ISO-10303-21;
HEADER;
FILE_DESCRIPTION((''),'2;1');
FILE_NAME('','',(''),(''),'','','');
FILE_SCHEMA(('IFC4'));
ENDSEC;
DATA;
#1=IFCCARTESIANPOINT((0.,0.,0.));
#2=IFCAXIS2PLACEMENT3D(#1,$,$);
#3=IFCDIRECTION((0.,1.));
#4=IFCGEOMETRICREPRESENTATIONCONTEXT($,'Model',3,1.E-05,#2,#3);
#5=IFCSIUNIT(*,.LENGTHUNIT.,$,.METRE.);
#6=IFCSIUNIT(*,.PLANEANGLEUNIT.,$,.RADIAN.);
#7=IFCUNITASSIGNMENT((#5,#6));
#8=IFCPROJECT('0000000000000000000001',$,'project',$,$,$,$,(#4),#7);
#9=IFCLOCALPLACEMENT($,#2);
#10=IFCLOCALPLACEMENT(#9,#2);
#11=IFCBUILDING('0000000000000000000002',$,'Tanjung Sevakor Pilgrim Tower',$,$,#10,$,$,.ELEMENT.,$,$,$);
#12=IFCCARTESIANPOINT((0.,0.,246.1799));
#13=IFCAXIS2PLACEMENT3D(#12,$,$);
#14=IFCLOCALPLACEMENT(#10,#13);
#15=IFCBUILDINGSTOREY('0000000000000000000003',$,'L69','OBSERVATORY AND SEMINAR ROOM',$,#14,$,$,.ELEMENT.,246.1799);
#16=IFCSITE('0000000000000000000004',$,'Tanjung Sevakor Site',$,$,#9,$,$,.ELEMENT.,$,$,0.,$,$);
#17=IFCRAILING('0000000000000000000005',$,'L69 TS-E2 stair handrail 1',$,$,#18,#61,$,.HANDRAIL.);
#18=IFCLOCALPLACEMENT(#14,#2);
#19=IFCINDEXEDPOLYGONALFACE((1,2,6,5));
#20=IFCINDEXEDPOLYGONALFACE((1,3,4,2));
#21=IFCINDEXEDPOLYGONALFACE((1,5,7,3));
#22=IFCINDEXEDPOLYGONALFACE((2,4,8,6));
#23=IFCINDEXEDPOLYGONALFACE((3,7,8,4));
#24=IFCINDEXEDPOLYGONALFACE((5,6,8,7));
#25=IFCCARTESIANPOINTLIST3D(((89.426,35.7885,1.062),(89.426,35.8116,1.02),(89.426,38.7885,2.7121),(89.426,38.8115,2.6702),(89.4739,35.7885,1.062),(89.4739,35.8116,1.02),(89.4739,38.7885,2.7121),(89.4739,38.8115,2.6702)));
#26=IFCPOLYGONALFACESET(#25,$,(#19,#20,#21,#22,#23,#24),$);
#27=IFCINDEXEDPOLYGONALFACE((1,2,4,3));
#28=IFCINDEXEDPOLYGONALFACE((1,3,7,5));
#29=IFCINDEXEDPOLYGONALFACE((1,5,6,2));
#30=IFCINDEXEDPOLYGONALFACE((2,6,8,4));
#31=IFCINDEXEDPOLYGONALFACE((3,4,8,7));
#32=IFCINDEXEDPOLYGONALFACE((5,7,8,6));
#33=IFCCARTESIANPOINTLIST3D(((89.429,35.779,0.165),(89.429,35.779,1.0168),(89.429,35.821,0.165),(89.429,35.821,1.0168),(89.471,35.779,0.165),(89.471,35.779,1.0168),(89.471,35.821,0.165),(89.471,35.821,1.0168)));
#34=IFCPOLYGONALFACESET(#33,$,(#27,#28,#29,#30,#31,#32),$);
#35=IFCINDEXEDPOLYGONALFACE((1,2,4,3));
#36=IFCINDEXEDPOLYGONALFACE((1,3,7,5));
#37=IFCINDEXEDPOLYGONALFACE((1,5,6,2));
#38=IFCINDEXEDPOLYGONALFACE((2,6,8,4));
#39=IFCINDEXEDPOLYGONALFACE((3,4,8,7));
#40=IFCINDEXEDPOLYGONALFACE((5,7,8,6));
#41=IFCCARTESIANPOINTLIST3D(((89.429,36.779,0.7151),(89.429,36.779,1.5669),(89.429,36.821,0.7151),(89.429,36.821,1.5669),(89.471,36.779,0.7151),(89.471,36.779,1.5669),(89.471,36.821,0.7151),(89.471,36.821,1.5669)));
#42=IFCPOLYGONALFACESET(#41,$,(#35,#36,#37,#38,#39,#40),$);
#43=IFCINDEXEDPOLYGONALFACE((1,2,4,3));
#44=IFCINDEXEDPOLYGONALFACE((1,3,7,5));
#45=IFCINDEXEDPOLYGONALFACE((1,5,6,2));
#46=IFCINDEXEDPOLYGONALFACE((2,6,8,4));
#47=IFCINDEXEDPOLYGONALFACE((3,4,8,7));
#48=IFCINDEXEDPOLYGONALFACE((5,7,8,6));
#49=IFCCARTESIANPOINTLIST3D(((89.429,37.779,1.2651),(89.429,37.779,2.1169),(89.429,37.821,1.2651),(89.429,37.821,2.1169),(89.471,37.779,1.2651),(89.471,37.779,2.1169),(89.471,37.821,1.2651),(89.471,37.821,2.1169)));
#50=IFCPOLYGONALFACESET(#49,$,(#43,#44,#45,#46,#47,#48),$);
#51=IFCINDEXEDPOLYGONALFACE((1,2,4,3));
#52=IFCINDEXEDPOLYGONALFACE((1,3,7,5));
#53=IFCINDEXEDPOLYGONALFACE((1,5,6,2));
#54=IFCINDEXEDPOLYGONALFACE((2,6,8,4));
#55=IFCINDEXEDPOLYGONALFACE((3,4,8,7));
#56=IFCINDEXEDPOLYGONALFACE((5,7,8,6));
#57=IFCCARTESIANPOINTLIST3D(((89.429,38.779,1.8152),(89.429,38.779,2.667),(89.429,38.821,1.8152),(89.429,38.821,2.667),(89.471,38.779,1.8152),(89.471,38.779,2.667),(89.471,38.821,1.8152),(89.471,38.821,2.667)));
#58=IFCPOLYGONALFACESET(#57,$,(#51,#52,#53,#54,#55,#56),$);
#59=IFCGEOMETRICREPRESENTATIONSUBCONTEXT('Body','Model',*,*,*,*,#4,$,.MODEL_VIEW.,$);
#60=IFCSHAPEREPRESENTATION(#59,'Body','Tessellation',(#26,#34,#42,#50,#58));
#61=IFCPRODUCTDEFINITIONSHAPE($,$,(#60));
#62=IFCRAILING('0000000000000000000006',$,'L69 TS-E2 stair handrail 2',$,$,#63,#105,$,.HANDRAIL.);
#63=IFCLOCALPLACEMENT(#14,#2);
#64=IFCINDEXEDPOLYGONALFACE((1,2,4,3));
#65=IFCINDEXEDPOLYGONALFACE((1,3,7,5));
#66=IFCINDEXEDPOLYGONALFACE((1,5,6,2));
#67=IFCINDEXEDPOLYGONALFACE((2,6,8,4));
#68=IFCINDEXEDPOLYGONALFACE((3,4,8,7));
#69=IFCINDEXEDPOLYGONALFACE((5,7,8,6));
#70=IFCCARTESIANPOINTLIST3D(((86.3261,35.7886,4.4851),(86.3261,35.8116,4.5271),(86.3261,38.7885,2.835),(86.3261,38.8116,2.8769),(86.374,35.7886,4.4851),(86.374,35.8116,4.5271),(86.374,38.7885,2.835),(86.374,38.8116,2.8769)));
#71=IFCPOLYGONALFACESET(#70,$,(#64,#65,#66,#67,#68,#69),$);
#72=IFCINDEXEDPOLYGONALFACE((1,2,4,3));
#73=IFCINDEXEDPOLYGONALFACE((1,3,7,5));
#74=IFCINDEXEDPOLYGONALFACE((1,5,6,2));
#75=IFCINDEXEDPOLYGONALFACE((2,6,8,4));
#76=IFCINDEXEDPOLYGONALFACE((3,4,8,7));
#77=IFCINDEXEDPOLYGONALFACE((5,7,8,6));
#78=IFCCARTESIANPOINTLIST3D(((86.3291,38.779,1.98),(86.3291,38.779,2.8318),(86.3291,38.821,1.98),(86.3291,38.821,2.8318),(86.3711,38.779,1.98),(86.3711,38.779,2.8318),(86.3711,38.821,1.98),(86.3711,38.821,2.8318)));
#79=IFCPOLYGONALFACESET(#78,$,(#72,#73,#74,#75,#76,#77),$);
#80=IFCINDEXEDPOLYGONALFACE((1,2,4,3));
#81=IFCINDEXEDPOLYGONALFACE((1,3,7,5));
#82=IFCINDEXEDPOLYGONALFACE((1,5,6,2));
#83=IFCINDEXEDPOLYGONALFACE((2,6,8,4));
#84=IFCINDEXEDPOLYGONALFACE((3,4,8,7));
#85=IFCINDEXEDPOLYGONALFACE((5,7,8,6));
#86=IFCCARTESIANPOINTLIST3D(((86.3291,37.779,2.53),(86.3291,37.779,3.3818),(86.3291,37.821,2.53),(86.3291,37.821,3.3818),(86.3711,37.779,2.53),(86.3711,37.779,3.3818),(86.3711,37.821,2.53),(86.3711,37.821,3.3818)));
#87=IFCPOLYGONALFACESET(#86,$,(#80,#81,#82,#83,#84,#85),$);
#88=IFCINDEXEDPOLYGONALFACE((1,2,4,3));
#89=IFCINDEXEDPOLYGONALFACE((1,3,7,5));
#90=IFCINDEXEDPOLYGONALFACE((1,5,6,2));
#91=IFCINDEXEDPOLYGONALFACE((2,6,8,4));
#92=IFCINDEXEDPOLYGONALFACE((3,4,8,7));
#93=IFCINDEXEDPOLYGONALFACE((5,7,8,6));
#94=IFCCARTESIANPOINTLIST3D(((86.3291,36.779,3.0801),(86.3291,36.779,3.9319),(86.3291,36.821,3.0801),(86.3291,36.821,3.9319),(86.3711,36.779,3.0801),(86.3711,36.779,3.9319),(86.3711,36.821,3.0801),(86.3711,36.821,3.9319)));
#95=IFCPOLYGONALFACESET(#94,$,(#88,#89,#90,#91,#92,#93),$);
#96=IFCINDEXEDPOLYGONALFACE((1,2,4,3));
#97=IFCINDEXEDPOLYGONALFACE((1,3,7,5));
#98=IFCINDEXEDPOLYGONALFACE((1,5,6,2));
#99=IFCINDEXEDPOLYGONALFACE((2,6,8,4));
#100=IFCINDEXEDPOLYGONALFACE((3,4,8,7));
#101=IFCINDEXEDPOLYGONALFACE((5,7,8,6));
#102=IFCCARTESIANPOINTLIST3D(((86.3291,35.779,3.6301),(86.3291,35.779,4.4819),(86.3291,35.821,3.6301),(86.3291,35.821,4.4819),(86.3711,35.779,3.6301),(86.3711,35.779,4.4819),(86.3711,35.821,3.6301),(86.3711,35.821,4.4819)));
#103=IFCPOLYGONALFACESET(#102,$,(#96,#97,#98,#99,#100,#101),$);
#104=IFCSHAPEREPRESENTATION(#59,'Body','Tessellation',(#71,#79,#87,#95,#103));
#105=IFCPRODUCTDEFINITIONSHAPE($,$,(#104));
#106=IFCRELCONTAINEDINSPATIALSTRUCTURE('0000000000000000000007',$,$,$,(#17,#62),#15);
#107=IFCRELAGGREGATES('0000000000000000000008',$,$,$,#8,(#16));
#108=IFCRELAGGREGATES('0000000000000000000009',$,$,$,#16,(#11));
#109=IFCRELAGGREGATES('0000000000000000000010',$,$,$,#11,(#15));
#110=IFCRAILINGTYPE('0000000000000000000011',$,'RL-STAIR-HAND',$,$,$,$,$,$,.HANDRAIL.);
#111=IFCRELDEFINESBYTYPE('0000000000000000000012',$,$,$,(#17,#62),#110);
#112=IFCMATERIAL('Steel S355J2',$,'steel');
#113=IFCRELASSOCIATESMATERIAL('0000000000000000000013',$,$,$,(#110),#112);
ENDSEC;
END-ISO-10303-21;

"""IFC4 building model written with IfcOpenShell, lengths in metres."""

from ifc_helpers import new_model, si_unit, direction, frame, origin, place, context, subcontext, project, spatial, rectangle, extrude, material, type_object, element, save


model = new_model("IFC4")

# Units and contexts
model_context = context("Model", 3, precision=1e-05, world=origin(), true_north=direction((0.0, 1.0)))
body_context = subcontext(model_context, "Body", "Model", "MODEL_VIEW")
ifc_project = project(units=[si_unit("LENGTHUNIT", "METRE"), si_unit("PLANEANGLEUNIT", "RADIAN")], contexts=[model_context])

# Site, building, storey
site_placement = place(None, origin())
site = spatial("IfcSite", under=ifc_project, at=site_placement, Name="Tanjung Sevakor Site", CompositionType="ELEMENT", RefElevation=0.0)
building_placement = place(site_placement, origin())
building = spatial("IfcBuilding", under=site, at=building_placement, Name="Tanjung Sevakor Pilgrim Tower", CompositionType="ELEMENT")
storey_placement = place(building_placement, frame((0.0, 0.0, 246.1799)))
storey = spatial("IfcBuildingStorey", under=building, at=storey_placement, Name="L69", Description="OBSERVATORY AND SEMINAR ROOM", CompositionType="ELEMENT", Elevation=246.1799)

# Railings
ifc_material_1 = material(Name="Steel S355J2", Category="steel")
railing_type_1 = type_object("IfcRailingType", Name="RL-STAIR-HAND", PredefinedType="HANDRAIL", material=ifc_material_1)
railing_1_placement = place(storey_placement, frame((89.45, 35.8, 0.165)))
element("IfcRailing", 1, at=railing_1_placement, inside=storey, type_object=railing_type_1, Name="L69 TS-E2 stair handrail 1", PredefinedType="HANDRAIL", context=body_context, shape_type="SweptSolid", body=[
    extrude(rectangle(XDim=0.0479, YDim=0.0479), frame((0.0, 0.0, 0.876), z_axis=(0.0, 0.876198, 0.481952), x_axis=(-1.0, 0.0, 0.0)), (0.0, 0.0, 1.0), 3.4238),
    extrude(rectangle(XDim=0.042, YDim=0.042), origin(), (0.0, 0.0, 1.0), 0.8518),
    extrude(rectangle(XDim=0.042, YDim=0.042), frame((0.0, 1.0, 0.55)), (0.0, 0.0, 1.0), 0.8518),
    extrude(rectangle(XDim=0.042, YDim=0.042), frame((0.0, 2.0, 1.1001)), (0.0, 0.0, 1.0), 0.8518),
    extrude(rectangle(XDim=0.042, YDim=0.042), frame((0.0, 3.0, 1.6501)), (0.0, 0.0, 1.0), 0.8518),
])
railing_2_placement = place(storey_placement, frame((86.3501, 38.8, 1.98)))
element("IfcRailing", 2, at=railing_2_placement, inside=storey, type_object=railing_type_1, Name="L69 TS-E2 stair handrail 2", PredefinedType="HANDRAIL", context=body_context, shape_type="SweptSolid", body=[
    extrude(rectangle(XDim=0.0479, YDim=0.0479), frame((0.0, 0.0, 0.876), z_axis=(0.0, -0.876198, 0.481952), x_axis=(1.0, 0.0, 0.0)), (0.0, 0.0, 1.0), 3.4238),
    extrude(rectangle(XDim=0.042, YDim=0.042), origin(), (0.0, 0.0, 1.0), 0.8518),
    extrude(rectangle(XDim=0.042, YDim=0.042), frame((0.0, -1.0, 0.55)), (0.0, 0.0, 1.0), 0.8518),
    extrude(rectangle(XDim=0.042, YDim=0.042), frame((0.0, -2.0, 1.1001)), (0.0, 0.0, 1.0), 0.8518),
    extrude(rectangle(XDim=0.042, YDim=0.042), frame((0.0, -3.0, 1.6501)), (0.0, 0.0, 1.0), 0.8518),
])

save(model, "model.ifc")
